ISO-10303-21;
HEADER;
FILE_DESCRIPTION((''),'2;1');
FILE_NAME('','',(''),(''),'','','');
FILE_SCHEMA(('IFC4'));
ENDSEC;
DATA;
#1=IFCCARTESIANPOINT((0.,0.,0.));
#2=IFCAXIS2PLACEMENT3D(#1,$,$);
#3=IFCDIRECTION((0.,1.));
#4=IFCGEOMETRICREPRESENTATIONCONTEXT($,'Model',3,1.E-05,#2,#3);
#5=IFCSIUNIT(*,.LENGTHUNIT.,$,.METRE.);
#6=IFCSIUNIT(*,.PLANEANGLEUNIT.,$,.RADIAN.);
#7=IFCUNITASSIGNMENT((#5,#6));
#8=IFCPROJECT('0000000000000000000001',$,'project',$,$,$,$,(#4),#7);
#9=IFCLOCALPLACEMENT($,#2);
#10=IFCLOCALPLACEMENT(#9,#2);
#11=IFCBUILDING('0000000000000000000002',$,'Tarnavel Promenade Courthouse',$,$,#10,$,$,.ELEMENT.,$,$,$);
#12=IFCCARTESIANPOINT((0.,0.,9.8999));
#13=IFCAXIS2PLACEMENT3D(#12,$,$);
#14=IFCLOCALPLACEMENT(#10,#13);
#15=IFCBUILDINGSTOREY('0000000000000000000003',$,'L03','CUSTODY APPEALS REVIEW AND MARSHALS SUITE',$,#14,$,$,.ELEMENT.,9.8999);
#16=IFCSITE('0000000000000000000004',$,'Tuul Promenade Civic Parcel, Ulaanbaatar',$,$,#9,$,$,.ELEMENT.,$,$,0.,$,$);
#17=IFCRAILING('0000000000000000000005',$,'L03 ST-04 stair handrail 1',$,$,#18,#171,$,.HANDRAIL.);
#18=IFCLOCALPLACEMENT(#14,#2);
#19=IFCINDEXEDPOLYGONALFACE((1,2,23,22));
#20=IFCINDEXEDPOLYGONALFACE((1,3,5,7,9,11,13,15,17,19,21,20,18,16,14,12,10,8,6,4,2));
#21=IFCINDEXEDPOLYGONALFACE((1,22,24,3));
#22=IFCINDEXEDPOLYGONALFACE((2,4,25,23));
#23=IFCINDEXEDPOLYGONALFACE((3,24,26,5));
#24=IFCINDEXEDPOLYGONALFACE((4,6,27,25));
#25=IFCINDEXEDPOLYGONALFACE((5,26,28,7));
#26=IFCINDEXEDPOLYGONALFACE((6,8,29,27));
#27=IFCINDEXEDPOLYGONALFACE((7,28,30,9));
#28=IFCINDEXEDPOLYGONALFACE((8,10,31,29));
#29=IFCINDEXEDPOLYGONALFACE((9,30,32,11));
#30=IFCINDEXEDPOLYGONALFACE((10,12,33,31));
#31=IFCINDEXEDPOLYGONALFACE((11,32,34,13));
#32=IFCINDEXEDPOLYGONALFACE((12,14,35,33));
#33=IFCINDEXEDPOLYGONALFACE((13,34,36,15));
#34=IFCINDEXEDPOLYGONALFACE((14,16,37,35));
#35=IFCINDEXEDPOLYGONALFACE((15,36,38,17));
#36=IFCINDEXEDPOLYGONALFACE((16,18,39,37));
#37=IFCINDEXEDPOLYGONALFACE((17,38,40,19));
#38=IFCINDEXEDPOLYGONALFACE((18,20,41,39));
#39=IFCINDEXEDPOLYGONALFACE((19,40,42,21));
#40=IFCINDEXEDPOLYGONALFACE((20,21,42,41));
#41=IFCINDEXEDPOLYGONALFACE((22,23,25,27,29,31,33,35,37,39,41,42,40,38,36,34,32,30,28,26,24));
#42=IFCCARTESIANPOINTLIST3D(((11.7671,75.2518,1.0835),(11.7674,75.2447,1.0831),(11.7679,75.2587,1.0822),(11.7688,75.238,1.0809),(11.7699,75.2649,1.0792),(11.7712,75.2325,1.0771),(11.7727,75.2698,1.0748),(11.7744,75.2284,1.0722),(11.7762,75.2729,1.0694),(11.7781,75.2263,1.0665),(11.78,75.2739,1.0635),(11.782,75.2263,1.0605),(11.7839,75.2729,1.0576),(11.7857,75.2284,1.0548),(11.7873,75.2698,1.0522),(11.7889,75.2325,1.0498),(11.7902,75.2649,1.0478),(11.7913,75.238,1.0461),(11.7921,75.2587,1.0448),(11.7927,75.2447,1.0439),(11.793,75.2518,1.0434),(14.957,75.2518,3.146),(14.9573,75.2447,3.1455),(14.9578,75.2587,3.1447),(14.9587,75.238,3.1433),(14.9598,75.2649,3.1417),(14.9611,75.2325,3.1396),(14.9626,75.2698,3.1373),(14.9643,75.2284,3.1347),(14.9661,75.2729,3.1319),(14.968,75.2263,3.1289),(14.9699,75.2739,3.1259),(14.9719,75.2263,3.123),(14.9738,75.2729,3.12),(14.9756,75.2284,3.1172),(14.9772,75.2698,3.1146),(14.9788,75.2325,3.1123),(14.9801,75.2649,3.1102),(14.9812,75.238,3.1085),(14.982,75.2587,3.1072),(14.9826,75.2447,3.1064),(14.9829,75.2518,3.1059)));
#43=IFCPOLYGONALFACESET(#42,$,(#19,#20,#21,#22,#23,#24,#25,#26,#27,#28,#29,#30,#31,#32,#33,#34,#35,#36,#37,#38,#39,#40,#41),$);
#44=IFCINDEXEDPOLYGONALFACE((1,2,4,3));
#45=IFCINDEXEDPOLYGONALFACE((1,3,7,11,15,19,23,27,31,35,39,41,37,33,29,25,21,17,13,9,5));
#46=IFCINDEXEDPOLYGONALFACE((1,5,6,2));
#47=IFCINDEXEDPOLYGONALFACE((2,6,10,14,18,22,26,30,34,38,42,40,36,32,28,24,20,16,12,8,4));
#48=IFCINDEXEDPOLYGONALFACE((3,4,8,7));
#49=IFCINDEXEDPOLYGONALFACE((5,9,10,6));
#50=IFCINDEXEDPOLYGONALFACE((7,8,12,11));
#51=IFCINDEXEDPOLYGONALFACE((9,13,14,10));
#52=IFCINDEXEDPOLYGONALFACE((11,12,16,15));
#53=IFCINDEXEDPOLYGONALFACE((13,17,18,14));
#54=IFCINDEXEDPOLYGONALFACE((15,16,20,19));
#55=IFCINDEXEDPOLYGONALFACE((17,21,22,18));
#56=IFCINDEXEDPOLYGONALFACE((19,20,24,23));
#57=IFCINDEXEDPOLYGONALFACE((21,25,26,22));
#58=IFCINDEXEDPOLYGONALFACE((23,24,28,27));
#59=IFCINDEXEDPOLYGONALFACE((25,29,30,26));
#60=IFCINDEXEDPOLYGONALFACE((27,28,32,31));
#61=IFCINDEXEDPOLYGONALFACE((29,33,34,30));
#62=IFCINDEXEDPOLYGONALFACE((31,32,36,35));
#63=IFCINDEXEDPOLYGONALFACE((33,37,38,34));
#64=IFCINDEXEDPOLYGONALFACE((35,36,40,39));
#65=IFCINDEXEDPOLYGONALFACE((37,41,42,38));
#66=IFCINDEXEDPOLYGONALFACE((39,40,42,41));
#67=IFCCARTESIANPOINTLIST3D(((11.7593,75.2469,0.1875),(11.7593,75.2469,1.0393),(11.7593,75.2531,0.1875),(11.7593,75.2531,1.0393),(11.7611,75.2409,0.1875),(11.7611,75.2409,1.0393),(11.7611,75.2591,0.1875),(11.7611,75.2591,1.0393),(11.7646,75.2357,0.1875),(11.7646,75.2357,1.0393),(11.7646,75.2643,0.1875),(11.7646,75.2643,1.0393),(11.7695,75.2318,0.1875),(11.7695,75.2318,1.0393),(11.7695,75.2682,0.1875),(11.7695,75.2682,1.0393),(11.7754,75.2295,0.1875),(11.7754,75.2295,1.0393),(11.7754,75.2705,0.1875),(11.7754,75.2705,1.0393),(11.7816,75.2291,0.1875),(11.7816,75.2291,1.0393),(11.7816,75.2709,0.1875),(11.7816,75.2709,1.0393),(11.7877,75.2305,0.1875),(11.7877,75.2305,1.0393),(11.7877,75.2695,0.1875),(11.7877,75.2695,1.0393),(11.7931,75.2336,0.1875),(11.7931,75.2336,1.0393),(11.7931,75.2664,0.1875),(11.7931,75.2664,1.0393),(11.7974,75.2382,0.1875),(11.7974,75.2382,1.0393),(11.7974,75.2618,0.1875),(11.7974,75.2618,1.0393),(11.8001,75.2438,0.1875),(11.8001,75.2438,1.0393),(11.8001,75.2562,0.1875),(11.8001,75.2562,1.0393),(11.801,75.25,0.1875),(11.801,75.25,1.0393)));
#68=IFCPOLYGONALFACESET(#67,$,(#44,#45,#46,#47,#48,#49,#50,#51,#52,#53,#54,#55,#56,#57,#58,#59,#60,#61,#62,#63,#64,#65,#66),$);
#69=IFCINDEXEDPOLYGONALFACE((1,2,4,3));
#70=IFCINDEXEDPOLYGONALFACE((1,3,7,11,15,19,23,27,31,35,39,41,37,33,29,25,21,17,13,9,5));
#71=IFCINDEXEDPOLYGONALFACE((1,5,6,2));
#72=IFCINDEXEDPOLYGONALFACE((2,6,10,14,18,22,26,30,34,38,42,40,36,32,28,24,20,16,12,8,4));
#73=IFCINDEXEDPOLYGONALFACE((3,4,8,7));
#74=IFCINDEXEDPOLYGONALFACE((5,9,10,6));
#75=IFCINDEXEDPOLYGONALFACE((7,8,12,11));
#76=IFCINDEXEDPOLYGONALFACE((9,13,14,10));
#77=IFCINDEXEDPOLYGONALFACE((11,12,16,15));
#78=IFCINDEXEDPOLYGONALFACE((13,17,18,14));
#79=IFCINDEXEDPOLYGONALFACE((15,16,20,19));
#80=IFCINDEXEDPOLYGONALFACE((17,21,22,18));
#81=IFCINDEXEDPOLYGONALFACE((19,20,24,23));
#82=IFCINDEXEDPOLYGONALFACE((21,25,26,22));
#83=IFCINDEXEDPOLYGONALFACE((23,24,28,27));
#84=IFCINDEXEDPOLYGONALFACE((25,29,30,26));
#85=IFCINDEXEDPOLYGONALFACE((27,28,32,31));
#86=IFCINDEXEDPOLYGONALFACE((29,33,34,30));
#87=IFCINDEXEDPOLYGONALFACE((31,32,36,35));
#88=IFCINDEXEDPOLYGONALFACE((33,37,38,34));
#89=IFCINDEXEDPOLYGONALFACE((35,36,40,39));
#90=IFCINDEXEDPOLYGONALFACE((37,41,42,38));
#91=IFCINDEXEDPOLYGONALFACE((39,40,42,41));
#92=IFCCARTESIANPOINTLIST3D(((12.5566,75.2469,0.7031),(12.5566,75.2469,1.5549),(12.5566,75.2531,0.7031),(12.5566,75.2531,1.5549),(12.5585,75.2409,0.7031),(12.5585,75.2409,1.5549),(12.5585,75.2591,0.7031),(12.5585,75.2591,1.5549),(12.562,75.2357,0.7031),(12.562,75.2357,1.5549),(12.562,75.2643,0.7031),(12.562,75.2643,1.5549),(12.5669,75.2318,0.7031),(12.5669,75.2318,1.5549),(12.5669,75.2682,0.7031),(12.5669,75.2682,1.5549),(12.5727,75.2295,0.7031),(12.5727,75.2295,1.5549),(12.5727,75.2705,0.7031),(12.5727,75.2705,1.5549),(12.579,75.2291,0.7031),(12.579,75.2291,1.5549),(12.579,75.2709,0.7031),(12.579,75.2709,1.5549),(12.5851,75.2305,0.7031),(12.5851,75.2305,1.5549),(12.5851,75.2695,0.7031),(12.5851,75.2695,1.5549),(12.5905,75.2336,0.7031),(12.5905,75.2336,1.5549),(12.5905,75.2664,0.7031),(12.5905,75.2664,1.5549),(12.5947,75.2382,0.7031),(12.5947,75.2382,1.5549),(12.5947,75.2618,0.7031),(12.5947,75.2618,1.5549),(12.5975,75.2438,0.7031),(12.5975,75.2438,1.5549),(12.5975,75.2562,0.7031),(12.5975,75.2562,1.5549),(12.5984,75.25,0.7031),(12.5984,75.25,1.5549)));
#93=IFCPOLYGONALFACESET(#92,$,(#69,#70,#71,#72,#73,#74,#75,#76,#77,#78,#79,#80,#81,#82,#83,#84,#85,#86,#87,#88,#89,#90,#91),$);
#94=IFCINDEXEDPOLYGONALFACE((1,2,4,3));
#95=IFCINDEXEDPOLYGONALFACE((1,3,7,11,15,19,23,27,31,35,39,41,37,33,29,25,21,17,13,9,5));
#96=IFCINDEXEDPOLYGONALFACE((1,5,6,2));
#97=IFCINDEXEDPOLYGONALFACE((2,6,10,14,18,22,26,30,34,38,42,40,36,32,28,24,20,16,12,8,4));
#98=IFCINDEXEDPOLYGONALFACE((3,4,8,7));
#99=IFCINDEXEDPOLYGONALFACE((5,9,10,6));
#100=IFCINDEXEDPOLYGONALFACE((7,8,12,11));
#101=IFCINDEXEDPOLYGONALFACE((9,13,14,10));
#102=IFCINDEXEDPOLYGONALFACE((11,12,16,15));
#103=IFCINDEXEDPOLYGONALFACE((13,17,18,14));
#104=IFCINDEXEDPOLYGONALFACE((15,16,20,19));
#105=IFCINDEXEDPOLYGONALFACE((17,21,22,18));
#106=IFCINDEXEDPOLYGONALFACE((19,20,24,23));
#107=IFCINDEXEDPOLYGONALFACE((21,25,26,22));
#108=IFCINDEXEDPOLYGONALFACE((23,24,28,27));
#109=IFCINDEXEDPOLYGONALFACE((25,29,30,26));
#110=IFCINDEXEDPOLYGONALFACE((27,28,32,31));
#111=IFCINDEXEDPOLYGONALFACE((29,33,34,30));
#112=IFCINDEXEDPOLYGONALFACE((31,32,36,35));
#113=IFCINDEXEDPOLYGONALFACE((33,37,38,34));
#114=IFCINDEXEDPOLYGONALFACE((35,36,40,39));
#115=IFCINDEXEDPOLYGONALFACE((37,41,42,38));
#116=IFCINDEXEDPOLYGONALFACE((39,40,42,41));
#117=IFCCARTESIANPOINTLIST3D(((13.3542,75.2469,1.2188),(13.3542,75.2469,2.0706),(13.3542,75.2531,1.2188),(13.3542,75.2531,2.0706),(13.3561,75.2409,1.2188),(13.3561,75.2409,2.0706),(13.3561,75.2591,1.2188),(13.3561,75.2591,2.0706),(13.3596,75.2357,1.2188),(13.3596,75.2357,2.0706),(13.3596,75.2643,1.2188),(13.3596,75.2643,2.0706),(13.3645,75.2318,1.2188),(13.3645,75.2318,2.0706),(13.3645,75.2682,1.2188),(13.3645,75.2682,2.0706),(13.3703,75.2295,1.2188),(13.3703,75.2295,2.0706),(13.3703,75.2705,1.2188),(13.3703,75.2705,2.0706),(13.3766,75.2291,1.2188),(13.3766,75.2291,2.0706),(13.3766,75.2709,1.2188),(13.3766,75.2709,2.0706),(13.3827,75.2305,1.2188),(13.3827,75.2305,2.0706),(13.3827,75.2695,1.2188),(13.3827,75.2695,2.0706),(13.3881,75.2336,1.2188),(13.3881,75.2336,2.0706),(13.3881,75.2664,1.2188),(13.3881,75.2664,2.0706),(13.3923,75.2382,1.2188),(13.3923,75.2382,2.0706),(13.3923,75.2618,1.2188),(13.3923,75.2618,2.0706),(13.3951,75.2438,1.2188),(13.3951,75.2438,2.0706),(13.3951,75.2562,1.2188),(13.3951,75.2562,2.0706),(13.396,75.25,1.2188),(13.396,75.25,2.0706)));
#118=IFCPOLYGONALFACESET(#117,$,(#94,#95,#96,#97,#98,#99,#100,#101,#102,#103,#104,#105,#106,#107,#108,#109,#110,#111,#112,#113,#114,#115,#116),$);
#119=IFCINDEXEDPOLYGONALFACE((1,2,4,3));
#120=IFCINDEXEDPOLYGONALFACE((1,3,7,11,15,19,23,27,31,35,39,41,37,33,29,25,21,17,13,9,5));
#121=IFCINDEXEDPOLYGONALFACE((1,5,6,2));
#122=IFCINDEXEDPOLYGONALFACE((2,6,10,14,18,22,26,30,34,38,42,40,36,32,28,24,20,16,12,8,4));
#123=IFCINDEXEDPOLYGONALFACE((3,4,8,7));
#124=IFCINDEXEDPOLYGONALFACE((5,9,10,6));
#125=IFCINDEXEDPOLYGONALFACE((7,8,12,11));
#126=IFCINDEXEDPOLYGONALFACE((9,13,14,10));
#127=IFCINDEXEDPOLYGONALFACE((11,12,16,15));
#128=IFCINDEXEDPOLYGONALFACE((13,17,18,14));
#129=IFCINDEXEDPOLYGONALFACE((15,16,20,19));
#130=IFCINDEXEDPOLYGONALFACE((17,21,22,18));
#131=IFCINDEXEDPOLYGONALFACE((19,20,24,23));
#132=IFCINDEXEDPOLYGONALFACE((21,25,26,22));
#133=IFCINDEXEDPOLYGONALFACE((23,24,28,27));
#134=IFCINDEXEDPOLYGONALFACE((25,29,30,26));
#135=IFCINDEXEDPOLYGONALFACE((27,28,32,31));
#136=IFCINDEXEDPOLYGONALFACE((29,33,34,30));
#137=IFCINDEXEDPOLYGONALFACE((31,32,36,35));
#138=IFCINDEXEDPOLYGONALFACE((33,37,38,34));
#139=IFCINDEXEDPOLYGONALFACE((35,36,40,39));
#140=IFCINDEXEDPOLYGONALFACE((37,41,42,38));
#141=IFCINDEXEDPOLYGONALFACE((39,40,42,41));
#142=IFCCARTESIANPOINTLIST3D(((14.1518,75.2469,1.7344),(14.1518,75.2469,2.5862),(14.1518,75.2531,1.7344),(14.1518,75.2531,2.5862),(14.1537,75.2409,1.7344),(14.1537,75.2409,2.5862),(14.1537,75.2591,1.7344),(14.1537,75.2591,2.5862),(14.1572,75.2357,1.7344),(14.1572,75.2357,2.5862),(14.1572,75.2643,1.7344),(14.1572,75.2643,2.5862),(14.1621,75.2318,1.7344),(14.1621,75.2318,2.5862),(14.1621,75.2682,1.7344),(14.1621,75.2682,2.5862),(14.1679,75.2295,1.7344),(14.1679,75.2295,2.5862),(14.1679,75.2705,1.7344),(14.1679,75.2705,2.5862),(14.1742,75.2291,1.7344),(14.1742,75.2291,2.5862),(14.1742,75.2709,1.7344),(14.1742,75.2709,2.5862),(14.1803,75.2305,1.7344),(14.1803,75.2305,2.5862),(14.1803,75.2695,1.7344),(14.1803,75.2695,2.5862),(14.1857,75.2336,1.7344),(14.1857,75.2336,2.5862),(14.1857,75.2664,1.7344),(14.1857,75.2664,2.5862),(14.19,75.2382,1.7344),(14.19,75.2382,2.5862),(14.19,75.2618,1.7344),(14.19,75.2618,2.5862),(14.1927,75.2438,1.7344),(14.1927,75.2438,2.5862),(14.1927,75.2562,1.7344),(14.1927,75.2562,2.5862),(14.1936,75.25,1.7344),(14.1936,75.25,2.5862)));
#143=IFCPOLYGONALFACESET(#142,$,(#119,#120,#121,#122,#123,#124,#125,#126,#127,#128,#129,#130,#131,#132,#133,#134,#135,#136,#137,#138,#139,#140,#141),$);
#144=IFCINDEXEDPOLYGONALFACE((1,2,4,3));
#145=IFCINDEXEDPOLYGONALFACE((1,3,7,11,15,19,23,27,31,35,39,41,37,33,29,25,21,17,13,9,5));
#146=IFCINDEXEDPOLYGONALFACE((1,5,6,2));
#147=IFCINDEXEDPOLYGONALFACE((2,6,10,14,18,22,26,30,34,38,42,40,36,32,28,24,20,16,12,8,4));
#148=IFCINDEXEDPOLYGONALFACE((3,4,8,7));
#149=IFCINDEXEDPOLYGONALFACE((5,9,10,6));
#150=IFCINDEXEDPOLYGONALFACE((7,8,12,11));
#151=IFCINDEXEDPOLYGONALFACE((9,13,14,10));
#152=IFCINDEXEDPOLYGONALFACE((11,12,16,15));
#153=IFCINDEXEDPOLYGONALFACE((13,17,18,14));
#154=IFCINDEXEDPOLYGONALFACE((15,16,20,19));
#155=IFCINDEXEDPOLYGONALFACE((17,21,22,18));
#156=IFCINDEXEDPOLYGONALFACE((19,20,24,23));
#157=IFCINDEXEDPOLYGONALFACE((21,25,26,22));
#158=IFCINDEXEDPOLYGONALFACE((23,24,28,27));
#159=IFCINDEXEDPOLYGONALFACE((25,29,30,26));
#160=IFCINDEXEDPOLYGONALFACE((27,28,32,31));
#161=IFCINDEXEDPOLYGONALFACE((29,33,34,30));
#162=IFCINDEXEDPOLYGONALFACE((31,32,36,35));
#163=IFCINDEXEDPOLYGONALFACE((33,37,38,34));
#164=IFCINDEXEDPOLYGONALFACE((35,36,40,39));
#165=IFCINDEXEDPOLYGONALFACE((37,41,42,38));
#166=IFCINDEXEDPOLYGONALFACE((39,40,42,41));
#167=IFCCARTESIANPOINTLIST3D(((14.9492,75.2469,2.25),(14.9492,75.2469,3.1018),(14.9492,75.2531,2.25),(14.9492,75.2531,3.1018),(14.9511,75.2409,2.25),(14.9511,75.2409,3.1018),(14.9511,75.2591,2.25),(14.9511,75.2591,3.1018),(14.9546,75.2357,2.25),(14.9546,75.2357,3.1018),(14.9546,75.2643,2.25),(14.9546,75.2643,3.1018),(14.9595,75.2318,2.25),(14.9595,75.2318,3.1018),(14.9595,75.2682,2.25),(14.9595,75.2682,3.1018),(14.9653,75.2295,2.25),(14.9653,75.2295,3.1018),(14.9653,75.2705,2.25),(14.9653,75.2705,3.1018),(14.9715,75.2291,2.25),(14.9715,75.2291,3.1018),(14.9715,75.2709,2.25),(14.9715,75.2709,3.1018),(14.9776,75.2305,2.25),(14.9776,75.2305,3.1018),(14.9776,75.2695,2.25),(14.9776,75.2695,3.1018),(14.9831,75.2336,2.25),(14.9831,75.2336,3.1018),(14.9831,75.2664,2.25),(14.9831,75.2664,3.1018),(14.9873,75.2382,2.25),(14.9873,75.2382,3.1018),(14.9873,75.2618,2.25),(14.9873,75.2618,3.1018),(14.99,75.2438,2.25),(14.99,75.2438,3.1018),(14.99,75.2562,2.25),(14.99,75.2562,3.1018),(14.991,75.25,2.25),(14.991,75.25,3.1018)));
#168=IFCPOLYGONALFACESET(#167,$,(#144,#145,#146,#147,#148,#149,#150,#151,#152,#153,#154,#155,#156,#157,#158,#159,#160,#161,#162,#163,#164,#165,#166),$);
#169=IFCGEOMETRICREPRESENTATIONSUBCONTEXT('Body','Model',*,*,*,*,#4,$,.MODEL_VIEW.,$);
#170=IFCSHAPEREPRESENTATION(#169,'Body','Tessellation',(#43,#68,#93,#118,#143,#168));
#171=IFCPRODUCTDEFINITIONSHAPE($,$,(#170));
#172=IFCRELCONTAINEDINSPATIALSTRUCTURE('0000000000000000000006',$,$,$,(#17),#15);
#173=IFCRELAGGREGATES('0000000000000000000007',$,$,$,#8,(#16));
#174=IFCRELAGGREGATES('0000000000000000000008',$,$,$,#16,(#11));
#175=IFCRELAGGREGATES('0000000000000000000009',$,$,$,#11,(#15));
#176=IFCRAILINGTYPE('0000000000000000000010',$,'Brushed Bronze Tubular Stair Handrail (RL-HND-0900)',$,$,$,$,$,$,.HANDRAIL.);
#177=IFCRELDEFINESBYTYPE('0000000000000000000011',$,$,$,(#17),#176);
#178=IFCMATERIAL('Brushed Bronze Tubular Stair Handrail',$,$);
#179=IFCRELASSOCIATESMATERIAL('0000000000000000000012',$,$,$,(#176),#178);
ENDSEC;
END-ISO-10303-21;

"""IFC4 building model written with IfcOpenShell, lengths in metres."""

from ifc_helpers import new_model, si_unit, direction, frame, origin, origin_2d, place, context, subcontext, project, spatial, circle, extrude, material, type_object, element, save


model = new_model("IFC4")

# Units and contexts
model_context = context("Model", 3, precision=1e-05, world=origin(), true_north=direction((0.0, 1.0)))
body_context = subcontext(model_context, "Body", "Model", "MODEL_VIEW")
ifc_project = project(units=[si_unit("LENGTHUNIT", "METRE"), si_unit("PLANEANGLEUNIT", "RADIAN")], contexts=[model_context])

# Site, building, storey
site_placement = place(None, origin())
site = spatial("IfcSite", under=ifc_project, at=site_placement, Name="Tuul Promenade Civic Parcel, Ulaanbaatar", CompositionType="ELEMENT", RefElevation=0.0)
building_placement = place(site_placement, origin())
building = spatial("IfcBuilding", under=site, at=building_placement, Name="Tarnavel Promenade Courthouse", CompositionType="ELEMENT")
storey_placement = place(building_placement, frame((0.0, 0.0, 9.8999)))
storey = spatial("IfcBuildingStorey", under=building, at=storey_placement, Name="L03", Description="CUSTODY APPEALS REVIEW AND MARSHALS SUITE", CompositionType="ELEMENT", Elevation=9.8999)

# Railing
ifc_material_1 = material(Name="Brushed Bronze Tubular Stair Handrail")
railing_type_1 = type_object("IfcRailingType", Name="Brushed Bronze Tubular Stair Handrail (RL-HND-0900)", PredefinedType="HANDRAIL", material=ifc_material_1)
railing_1_placement = place(storey_placement, frame((11.78, 75.25, 0.1875)))
element("IfcRailing", 1, at=railing_1_placement, inside=storey, type_object=railing_type_1, Name="L03 ST-04 stair handrail 1", PredefinedType="HANDRAIL", context=body_context, shape_type="SweptSolid", body=[
    extrude(circle(Radius=0.0239, at=origin_2d()), frame((0.0, 0.0, 0.876), z_axis=(0.83976, 0.0, 0.542958), x_axis=(0.0, 1.0, 0.0)), (0.0, 0.0, 1.0), 3.7986),
    extrude(circle(Radius=0.021, at=origin_2d()), origin(), (0.0, 0.0, 1.0), 0.8518),
    extrude(circle(Radius=0.021, at=origin_2d()), frame((0.7974, 0.0, 0.5156)), (0.0, 0.0, 1.0), 0.8518),
    extrude(circle(Radius=0.021, at=origin_2d()), frame((1.595, 0.0, 1.0312)), (0.0, 0.0, 1.0), 0.8518),
    extrude(circle(Radius=0.021, at=origin_2d()), frame((2.3926, 0.0, 1.5469)), (0.0, 0.0, 1.0), 0.8518),
    extrude(circle(Radius=0.021, at=origin_2d()), frame((3.1899, 0.0, 2.0625)), (0.0, 0.0, 1.0), 0.8518),
])

save(model, "model.ifc")
